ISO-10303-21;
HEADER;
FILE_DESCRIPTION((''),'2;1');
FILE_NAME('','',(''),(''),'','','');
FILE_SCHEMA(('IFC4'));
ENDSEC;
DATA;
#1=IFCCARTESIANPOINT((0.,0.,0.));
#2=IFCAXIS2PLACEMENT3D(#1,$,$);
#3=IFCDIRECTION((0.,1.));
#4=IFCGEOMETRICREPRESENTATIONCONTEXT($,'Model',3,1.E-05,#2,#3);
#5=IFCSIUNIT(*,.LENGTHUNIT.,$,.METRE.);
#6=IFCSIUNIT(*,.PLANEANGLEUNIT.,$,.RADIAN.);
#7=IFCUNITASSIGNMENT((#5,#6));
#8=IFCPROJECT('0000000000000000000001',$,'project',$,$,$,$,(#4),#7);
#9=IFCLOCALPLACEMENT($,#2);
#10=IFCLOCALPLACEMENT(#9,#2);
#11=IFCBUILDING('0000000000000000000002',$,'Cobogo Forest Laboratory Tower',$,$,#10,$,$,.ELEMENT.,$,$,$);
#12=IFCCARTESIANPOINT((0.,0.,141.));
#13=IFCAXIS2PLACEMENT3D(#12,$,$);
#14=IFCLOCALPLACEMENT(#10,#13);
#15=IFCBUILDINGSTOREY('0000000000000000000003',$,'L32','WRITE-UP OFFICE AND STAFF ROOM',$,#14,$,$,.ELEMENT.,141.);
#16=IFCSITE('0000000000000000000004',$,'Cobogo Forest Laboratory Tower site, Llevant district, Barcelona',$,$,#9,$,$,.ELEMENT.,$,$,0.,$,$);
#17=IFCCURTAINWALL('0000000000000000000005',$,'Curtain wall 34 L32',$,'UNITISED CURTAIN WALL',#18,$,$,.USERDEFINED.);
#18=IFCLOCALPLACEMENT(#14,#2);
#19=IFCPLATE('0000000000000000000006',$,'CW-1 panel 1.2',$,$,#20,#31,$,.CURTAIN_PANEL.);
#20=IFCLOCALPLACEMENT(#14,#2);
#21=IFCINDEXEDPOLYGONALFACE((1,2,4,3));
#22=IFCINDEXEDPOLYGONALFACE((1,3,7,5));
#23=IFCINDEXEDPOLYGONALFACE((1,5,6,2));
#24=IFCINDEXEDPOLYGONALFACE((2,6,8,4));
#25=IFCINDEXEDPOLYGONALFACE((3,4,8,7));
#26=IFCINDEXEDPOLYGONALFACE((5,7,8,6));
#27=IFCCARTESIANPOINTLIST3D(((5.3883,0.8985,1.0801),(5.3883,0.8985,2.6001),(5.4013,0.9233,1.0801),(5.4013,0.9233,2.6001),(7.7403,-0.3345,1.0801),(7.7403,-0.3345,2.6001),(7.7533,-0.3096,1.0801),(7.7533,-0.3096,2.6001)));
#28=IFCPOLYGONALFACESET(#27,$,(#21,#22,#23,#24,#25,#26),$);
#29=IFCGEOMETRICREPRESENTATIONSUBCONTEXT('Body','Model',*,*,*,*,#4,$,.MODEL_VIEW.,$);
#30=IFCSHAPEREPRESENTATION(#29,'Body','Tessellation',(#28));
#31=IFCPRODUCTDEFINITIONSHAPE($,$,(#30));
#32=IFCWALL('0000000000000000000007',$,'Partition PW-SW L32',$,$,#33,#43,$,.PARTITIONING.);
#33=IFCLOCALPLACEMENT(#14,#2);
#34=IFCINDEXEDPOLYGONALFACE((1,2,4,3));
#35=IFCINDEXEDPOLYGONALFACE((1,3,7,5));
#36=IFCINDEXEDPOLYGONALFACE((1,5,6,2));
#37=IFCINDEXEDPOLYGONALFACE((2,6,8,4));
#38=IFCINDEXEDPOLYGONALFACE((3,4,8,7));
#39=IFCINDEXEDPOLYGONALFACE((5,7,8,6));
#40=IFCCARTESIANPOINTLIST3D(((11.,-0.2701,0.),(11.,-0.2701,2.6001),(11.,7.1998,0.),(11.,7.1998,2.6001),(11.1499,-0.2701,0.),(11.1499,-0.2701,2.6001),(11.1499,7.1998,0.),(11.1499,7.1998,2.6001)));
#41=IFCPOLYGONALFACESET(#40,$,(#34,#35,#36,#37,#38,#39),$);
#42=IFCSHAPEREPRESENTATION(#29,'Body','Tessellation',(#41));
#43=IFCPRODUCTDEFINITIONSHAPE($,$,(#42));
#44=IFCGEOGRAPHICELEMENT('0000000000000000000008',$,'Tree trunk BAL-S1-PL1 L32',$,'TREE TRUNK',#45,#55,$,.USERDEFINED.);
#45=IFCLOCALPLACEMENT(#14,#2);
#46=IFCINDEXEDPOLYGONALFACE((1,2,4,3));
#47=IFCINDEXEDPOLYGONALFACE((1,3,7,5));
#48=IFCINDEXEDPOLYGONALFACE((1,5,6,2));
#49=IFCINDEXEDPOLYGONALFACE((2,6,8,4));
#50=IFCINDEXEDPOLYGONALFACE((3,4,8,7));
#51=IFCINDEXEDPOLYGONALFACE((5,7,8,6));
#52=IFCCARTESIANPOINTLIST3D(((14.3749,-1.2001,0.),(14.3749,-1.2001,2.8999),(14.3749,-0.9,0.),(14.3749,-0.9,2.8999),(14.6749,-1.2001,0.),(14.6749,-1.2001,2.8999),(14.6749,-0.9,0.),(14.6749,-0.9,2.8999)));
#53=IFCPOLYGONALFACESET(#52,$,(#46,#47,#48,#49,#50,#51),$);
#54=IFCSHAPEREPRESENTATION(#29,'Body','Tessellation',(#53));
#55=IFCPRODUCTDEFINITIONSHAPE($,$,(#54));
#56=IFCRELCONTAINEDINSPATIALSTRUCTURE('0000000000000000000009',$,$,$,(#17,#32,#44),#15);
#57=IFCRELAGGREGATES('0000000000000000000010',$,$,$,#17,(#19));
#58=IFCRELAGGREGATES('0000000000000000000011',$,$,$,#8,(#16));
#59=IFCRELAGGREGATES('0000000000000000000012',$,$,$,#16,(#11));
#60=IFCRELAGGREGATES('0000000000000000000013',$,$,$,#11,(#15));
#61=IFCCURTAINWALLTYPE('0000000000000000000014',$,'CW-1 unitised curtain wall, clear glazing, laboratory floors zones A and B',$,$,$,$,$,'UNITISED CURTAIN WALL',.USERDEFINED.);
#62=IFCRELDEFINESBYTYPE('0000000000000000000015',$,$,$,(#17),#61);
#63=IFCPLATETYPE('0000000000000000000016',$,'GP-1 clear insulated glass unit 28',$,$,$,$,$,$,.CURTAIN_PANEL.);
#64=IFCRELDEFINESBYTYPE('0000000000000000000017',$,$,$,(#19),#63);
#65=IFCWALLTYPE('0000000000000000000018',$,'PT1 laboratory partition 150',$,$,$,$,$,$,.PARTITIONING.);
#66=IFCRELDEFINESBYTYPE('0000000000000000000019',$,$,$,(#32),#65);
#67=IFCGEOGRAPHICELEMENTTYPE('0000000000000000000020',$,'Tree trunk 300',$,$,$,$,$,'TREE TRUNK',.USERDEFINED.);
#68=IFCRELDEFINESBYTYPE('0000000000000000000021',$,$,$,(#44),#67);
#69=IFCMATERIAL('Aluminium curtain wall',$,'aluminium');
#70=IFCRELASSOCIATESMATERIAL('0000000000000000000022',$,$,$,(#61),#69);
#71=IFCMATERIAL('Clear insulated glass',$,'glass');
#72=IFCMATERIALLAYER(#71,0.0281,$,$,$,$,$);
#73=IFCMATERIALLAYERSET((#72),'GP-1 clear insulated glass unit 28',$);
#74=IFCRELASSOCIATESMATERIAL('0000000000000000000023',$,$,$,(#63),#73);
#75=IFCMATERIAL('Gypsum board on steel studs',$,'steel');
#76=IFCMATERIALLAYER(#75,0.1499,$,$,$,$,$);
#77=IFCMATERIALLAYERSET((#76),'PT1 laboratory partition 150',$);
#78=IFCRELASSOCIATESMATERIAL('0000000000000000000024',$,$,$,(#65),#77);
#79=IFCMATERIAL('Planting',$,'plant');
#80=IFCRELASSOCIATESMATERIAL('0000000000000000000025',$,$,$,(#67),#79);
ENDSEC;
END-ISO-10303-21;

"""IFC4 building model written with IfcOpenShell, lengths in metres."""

from ifc_helpers import new_model, si_unit, direction, frame, frame_2d, origin, origin_2d, place, context, subcontext, project, spatial, rectangle, extrude, material, layer, layer_set, type_object, element, aggregate, save


model = new_model("IFC4")

# Units and contexts
model_context = context("Model", 3, precision=1e-05, world=origin(), true_north=direction((0.0, 1.0)))
body_context = subcontext(model_context, "Body", "Model", "MODEL_VIEW")
ifc_project = project(units=[si_unit("LENGTHUNIT", "METRE"), si_unit("PLANEANGLEUNIT", "RADIAN")], contexts=[model_context])

# Site, building, storey
site_placement = place(None, origin())
site = spatial("IfcSite", under=ifc_project, at=site_placement, Name="Cobogo Forest Laboratory Tower site, Llevant district, Barcelona", CompositionType="ELEMENT", RefElevation=0.0)
building_placement = place(site_placement, origin())
building = spatial("IfcBuilding", under=site, at=building_placement, Name="Cobogo Forest Laboratory Tower", CompositionType="ELEMENT")
storey_placement = place(building_placement, frame((0.0, 0.0, 141.0)))
storey = spatial("IfcBuildingStorey", under=building, at=storey_placement, Name="L32", Description="WRITE-UP OFFICE AND STAFF ROOM", CompositionType="ELEMENT", Elevation=141.0)

# Shared definitions
ifc_material_1 = material(Name="Aluminium curtain wall", Category="aluminium")
curtain_wall_type = type_object("IfcCurtainWallType", Name="CW-1 unitised curtain wall, clear glazing, laboratory floors zones A and B", ElementType="UNITISED CURTAIN WALL", PredefinedType="USERDEFINED", material=ifc_material_1)

# Curtain wall
curtain_wall_1_placement = place(storey_placement, origin())
curtain_wall_1 = element("IfcCurtainWall", 1, at=curtain_wall_1_placement, inside=storey, type_object=curtain_wall_type, Name="Curtain wall 34 L32", ObjectType="UNITISED CURTAIN WALL", PredefinedType="USERDEFINED")

# Plate
ifc_material_2 = material(Name="Clear insulated glass", Category="glass")
ifc_layer_1 = layer(ifc_material_2, 0.0281)
ifc_layer_set_1 = layer_set([ifc_layer_1], Name="GP-1 clear insulated glass unit 28")
plate_type = type_object("IfcPlateType", Name="GP-1 clear insulated glass unit 28", PredefinedType="CURTAIN_PANEL", material=ifc_layer_set_1)
plate_1_placement = place(storey_placement, frame((6.5708, 0.2944, 1.0801), z_axis=(0.0, 0.0, 1.0), x_axis=(0.885687, -0.464284, 0.0)))
plate_1 = element("IfcPlate", 2, at=plate_1_placement, type_object=plate_type, Name="CW-1 panel 1.2", PredefinedType="CURTAIN_PANEL", context=body_context, shape_type="SweptSolid", body=[
    extrude(rectangle(XDim=2.6555, YDim=0.0281, at=origin_2d()), origin(), (0.0, 0.0, 1.0), 1.52),
])
aggregate(curtain_wall_1, [plate_1])

# Wall
ifc_material_3 = material(Name="Gypsum board on steel studs", Category="steel")
ifc_layer_2 = layer(ifc_material_3, 0.1499)
ifc_layer_set_2 = layer_set([ifc_layer_2], Name="PT1 laboratory partition 150")
wall_type_1 = type_object("IfcWallType", Name="PT1 laboratory partition 150", PredefinedType="PARTITIONING", material=ifc_layer_set_2)
wall_1_placement = place(storey_placement, frame((11.075, -0.27, 0.0), z_axis=(0.0, 0.0, 1.0), x_axis=(0.0, 1.0, 0.0)))
element("IfcWall", 3, at=wall_1_placement, inside=storey, type_object=wall_type_1, Name="Partition PW-SW L32", PredefinedType="PARTITIONING", context=body_context, shape_type="SweptSolid", body=[
    extrude(rectangle(XDim=7.47, YDim=0.1499, at=frame_2d((3.7349, 0.0))), origin(), (0.0, 0.0, 1.0), 2.6001),
])

# Geographic element
ifc_material_4 = material(Name="Planting", Category="plant")
geographic_element_type = type_object("IfcGeographicElementType", Name="Tree trunk 300", ElementType="TREE TRUNK", PredefinedType="USERDEFINED", material=ifc_material_4)
geographic_element_placement = place(storey_placement, frame((14.5249, -1.05, 0.0), z_axis=(0.0, 0.0, 1.0), x_axis=(1.0, 0.0, 0.0)))
element("IfcGeographicElement", 4, at=geographic_element_placement, inside=storey, type_object=geographic_element_type, Name="Tree trunk BAL-S1-PL1 L32", ObjectType="TREE TRUNK", PredefinedType="USERDEFINED", context=body_context, shape_type="SweptSolid", body=[
    extrude(rectangle(XDim=0.3, YDim=0.3, at=origin_2d()), origin(), (0.0, 0.0, 1.0), 2.8999),
])

save(model, "model.ifc")
